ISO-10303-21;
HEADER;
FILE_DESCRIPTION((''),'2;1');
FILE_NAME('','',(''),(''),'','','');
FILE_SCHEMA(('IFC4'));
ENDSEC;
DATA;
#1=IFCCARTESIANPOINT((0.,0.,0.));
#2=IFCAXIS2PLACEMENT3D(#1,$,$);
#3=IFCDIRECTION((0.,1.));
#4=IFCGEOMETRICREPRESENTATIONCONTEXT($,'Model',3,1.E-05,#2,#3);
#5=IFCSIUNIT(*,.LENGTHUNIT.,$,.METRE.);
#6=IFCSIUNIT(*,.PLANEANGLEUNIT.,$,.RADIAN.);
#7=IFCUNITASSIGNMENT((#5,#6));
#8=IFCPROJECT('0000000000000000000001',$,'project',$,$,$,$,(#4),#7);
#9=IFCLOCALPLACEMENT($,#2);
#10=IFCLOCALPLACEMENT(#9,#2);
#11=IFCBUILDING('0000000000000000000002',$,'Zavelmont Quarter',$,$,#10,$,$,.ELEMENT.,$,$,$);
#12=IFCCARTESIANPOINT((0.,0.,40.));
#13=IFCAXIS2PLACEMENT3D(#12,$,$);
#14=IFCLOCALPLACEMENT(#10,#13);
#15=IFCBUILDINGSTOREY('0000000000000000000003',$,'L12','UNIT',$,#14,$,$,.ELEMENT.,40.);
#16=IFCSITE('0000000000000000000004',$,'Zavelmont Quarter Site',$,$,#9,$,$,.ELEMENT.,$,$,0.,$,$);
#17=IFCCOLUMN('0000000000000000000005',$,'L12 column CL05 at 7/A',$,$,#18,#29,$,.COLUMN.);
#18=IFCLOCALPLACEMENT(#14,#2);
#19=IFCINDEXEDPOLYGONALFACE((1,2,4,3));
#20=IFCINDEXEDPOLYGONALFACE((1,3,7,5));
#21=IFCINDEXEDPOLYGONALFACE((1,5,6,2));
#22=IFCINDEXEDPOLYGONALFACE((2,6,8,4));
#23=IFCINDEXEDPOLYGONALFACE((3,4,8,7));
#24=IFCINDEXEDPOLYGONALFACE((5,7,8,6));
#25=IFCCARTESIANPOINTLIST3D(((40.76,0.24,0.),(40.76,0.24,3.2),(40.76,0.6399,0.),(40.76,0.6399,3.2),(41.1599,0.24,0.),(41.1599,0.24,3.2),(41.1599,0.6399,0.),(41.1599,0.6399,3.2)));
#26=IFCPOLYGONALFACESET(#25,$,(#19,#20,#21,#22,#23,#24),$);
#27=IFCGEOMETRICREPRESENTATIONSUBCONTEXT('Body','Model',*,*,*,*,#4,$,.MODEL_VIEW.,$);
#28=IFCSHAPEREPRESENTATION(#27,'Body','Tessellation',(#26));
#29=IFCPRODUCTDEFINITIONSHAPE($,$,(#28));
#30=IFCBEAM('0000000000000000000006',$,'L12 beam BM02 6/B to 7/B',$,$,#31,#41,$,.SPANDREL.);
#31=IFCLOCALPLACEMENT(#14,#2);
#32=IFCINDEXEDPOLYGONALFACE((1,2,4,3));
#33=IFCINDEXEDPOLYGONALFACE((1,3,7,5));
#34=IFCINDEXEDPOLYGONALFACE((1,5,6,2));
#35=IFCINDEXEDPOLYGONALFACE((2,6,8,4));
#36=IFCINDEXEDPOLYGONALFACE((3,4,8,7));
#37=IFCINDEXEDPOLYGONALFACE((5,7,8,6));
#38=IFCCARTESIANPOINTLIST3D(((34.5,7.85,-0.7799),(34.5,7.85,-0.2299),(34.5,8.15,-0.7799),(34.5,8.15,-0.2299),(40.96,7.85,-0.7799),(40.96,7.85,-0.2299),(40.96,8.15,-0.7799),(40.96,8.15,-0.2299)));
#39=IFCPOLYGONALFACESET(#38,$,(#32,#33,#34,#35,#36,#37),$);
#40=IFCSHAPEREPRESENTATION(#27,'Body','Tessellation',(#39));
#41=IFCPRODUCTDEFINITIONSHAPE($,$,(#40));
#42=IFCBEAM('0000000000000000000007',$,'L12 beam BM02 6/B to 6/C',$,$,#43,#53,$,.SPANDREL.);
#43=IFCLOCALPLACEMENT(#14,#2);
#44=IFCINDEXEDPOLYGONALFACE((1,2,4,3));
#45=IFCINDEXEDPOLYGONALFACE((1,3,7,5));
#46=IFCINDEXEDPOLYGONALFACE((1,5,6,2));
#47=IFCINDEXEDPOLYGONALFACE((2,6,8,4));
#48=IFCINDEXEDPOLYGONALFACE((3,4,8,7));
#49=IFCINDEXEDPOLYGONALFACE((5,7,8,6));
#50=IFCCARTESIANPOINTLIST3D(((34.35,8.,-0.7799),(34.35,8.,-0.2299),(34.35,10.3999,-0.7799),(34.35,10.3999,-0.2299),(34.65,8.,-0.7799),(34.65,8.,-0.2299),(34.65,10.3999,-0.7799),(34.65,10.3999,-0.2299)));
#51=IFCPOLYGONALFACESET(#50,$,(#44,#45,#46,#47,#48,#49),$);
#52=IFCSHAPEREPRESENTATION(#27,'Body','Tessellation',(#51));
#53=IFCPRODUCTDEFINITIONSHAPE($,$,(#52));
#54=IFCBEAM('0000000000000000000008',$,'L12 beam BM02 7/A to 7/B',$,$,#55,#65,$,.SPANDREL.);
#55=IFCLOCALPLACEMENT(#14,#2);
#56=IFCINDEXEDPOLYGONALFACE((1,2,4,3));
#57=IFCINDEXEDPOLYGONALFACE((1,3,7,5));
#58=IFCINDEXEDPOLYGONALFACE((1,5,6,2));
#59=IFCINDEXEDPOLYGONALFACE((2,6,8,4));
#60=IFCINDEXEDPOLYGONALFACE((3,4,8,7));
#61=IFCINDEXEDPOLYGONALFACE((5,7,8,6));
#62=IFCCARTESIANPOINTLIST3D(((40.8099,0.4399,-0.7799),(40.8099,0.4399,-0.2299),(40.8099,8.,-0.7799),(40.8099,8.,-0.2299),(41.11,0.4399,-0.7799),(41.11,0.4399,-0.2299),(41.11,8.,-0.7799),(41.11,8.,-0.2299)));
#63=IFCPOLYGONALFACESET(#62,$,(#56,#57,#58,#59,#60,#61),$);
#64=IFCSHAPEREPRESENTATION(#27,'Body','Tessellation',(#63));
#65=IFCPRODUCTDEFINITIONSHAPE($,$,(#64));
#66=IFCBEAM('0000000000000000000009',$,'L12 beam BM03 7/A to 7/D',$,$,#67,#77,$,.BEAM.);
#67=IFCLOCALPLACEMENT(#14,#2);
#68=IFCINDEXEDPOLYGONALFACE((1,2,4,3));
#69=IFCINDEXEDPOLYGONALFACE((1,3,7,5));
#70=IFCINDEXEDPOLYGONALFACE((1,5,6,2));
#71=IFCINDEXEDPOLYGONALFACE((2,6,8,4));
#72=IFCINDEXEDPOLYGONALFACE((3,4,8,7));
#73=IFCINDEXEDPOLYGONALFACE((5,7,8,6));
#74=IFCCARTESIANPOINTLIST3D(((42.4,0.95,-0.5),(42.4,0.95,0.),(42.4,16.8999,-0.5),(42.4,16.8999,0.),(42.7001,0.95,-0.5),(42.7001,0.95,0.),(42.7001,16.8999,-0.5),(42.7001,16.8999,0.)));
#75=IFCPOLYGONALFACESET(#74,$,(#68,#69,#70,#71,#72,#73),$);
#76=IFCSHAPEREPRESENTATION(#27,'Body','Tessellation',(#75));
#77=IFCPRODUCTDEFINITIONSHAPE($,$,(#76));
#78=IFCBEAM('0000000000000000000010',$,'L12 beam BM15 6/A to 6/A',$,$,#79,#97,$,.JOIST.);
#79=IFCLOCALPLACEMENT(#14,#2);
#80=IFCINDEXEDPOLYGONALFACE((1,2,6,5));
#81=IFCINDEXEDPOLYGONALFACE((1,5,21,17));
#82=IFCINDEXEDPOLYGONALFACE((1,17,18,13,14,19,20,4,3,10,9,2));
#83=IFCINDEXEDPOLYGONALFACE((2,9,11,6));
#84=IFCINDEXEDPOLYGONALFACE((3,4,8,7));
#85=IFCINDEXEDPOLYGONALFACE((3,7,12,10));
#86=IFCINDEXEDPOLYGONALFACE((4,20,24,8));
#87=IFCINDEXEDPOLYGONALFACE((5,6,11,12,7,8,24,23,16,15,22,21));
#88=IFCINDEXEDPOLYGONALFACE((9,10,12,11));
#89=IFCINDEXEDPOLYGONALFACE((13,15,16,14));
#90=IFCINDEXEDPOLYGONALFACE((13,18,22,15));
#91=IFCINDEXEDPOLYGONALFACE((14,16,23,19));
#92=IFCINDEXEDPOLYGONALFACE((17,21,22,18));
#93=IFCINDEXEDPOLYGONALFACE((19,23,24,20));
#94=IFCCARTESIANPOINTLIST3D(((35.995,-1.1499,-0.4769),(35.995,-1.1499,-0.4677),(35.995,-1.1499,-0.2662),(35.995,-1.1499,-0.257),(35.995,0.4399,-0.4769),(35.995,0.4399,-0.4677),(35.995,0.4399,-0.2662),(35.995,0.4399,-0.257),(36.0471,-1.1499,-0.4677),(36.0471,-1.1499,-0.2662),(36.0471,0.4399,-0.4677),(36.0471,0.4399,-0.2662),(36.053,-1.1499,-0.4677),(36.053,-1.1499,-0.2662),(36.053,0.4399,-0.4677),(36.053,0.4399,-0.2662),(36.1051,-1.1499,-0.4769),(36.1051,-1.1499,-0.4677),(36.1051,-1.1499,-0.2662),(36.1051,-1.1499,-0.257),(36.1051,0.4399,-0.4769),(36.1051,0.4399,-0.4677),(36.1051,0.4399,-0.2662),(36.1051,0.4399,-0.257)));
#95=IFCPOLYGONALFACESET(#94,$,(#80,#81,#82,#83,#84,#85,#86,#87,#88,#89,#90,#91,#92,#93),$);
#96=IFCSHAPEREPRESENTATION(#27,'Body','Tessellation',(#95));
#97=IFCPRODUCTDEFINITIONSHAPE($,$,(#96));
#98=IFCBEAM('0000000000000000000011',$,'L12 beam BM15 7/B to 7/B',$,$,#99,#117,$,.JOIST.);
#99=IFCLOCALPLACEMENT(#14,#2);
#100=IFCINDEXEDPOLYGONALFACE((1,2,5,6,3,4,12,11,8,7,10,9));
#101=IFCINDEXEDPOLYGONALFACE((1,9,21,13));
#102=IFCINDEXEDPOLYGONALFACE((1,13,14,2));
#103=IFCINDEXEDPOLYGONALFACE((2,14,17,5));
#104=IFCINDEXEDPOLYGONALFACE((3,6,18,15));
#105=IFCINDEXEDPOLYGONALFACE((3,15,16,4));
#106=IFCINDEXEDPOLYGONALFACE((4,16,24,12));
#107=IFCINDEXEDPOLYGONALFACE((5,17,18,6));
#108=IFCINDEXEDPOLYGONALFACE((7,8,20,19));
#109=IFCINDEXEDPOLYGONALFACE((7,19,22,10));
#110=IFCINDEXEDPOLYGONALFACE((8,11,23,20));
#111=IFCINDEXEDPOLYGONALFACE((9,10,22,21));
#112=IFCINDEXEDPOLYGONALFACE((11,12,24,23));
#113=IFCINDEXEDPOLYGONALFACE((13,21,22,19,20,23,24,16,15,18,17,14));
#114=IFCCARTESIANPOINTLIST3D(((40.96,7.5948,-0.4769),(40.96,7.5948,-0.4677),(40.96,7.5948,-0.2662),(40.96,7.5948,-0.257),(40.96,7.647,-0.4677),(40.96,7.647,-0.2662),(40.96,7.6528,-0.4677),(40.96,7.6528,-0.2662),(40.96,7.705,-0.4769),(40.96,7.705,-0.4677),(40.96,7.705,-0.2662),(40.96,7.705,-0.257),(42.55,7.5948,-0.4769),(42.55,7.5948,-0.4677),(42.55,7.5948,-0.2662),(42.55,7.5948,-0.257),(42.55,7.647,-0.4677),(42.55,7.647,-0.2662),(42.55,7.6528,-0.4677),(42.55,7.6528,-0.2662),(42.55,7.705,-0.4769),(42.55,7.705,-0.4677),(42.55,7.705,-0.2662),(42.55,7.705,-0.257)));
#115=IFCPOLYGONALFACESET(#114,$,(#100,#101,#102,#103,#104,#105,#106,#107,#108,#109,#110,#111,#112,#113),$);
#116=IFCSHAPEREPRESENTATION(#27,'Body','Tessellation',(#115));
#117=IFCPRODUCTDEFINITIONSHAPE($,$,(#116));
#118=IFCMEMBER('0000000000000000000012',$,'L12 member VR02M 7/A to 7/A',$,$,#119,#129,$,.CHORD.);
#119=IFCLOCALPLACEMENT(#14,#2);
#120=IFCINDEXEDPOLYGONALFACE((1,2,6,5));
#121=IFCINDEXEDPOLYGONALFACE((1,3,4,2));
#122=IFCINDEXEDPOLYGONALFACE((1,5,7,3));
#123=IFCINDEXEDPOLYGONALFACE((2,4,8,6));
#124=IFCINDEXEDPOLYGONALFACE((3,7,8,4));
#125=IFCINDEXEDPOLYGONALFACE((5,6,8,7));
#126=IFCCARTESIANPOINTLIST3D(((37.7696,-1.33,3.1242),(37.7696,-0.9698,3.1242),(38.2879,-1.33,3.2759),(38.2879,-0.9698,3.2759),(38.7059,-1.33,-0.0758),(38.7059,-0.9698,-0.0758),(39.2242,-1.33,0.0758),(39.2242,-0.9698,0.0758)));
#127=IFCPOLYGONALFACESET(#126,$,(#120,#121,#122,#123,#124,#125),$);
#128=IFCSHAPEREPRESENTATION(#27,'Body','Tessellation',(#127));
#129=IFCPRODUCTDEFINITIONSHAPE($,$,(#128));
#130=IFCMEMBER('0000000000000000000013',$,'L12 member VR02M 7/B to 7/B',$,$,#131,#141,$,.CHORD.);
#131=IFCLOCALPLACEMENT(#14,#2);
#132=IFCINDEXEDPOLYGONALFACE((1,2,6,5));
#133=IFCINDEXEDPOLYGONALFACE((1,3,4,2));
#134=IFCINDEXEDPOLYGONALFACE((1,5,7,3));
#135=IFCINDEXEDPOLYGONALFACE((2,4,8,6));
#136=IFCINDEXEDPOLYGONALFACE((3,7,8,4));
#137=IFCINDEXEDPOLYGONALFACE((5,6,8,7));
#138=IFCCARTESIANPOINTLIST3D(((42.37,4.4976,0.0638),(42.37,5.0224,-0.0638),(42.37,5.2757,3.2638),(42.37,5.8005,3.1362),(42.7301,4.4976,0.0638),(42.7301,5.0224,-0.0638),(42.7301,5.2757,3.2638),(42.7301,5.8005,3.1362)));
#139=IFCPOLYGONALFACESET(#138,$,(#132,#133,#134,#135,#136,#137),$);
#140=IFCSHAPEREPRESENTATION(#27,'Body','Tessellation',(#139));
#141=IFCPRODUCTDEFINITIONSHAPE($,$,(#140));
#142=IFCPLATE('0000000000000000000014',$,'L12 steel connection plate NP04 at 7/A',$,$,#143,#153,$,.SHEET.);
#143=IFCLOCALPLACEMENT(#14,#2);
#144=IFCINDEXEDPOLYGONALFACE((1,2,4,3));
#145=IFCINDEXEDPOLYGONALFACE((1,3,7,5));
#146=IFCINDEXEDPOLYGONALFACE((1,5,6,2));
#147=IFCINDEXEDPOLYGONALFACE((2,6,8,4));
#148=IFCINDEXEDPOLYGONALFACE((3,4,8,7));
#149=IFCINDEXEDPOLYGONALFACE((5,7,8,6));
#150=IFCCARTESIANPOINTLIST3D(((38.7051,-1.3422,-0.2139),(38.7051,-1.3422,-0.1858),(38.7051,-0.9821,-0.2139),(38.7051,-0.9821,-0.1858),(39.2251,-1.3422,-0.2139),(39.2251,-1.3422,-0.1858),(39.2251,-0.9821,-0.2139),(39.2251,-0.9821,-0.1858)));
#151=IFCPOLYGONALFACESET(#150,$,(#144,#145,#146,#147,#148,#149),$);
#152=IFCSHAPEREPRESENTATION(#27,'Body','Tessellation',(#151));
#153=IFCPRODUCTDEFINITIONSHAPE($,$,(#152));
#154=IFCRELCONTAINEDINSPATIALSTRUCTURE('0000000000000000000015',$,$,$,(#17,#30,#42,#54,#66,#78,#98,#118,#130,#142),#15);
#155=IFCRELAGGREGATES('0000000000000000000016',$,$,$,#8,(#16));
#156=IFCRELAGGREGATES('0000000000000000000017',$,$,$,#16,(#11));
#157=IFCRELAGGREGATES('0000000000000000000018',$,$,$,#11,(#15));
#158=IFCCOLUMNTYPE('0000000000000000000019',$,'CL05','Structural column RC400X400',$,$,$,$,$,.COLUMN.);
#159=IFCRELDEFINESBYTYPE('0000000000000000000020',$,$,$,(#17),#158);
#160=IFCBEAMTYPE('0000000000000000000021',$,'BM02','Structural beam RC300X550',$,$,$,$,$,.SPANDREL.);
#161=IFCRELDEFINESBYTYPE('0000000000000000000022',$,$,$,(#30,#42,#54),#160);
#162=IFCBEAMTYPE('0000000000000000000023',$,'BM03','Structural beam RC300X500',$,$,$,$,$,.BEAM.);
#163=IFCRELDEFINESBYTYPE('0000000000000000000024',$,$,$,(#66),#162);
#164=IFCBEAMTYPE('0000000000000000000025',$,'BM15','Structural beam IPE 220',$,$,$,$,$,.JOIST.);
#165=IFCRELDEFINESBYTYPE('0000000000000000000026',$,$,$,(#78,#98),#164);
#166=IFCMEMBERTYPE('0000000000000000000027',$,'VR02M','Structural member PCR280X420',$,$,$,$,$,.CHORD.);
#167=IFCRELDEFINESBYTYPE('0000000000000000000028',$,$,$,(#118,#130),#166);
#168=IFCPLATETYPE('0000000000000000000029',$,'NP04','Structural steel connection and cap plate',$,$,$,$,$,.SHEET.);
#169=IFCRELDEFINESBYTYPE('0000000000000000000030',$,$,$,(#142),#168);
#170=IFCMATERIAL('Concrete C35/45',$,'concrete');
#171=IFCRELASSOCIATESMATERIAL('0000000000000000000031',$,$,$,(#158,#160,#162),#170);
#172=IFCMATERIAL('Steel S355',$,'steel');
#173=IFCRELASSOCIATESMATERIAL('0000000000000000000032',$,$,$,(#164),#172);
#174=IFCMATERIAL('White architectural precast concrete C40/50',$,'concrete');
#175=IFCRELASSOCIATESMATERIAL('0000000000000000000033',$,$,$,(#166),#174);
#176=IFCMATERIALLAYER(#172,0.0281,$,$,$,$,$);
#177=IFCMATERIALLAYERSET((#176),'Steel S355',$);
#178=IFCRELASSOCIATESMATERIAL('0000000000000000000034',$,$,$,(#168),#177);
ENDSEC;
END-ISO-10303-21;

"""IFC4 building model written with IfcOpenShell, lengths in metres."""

from ifc_helpers import new_model, si_unit, direction, frame, origin, origin_2d, place, context, subcontext, project, spatial, rectangle, i_section, extrude, material, layer, layer_set, material_profile, profile_set, type_object, element, save


model = new_model("IFC4")

# Units and contexts
model_context = context("Model", 3, precision=1e-05, world=origin(), true_north=direction((0.0, 1.0)))
body_context = subcontext(model_context, "Body", "Model", "MODEL_VIEW")
ifc_project = project(units=[si_unit("LENGTHUNIT", "METRE"), si_unit("PLANEANGLEUNIT", "RADIAN")], contexts=[model_context])

# Site, building, storey
site_placement = place(None, origin())
site = spatial("IfcSite", under=ifc_project, at=site_placement, Name="Zavelmont Quarter Site", CompositionType="ELEMENT", RefElevation=0.0)
building_placement = place(site_placement, origin())
building = spatial("IfcBuilding", under=site, at=building_placement, Name="Zavelmont Quarter", CompositionType="ELEMENT")
storey_placement = place(building_placement, frame((0.0, 0.0, 40.0)))
storey = spatial("IfcBuildingStorey", under=building, at=storey_placement, Name="L12", Description="UNIT", CompositionType="ELEMENT", Elevation=40.0)

# Column
ifc_material_1 = material(Name="Concrete C35/45", Category="concrete")
ifc_material_profile_1 = material_profile(ifc_material_1, rectangle(XDim=0.3999, YDim=0.3999, at=origin_2d()), Name="RC400X400")
ifc_profile_set_1 = profile_set([ifc_material_profile_1], Name="Concrete C35/45")
column_type = type_object("IfcColumnType", Name="CL05", Description="Structural column RC400X400", PredefinedType="COLUMN", material=ifc_profile_set_1)
column_placement = place(storey_placement, frame((40.96, 0.4399, 0.0), z_axis=(0.0, 0.0, 1.0), x_axis=(1.0, 0.0, 0.0)))
element("IfcColumn", 1, at=column_placement, inside=storey, type_object=column_type, Name="L12 column CL05 at 7/A", PredefinedType="COLUMN", context=body_context, shape_type="SweptSolid", body=[
    extrude(rectangle(XDim=0.3999, YDim=0.3999, at=origin_2d()), origin(), (0.0, 0.0, 1.0), 3.2),
])

# Beams
ifc_material_profile_2 = material_profile(ifc_material_1, rectangle(XDim=0.3, YDim=0.55, at=origin_2d()), Name="RC300X550")
ifc_profile_set_2 = profile_set([ifc_material_profile_2], Name="Concrete C35/45")
beam_type_1 = type_object("IfcBeamType", Name="BM02", Description="Structural beam RC300X550", PredefinedType="SPANDREL", material=ifc_profile_set_2)
beam_1_placement = place(storey_placement, frame((34.5, 8.0, -0.5049), z_axis=(1.0, 0.0, 0.0), x_axis=(0.0, 1.0, 0.0)))
element("IfcBeam", 2, at=beam_1_placement, inside=storey, type_object=beam_type_1, Name="L12 beam BM02 6/B to 7/B", PredefinedType="SPANDREL", context=body_context, shape_type="SweptSolid", body=[
    extrude(rectangle(XDim=0.3, YDim=0.55, at=origin_2d()), origin(), (0.0, 0.0, 1.0), 6.46),
])
beam_2_placement = place(storey_placement, frame((34.5, 8.0, -0.5049), z_axis=(0.0, 1.0, 0.0), x_axis=(-1.0, 0.0, 0.0)))
element("IfcBeam", 3, at=beam_2_placement, inside=storey, type_object=beam_type_1, Name="L12 beam BM02 6/B to 6/C", PredefinedType="SPANDREL", context=body_context, shape_type="SweptSolid", body=[
    extrude(rectangle(XDim=0.3, YDim=0.55, at=origin_2d()), origin(), (0.0, 0.0, 1.0), 2.3999),
])
beam_3_placement = place(storey_placement, frame((40.96, 0.4399, -0.5049), z_axis=(0.0, 1.0, 0.0), x_axis=(-1.0, 0.0, 0.0)))
element("IfcBeam", 4, at=beam_3_placement, inside=storey, type_object=beam_type_1, Name="L12 beam BM02 7/A to 7/B", PredefinedType="SPANDREL", context=body_context, shape_type="SweptSolid", body=[
    extrude(rectangle(XDim=0.3, YDim=0.55, at=origin_2d()), origin(), (0.0, 0.0, 1.0), 7.5601),
])
ifc_material_profile_3 = material_profile(ifc_material_1, rectangle(XDim=0.3, YDim=0.5, at=origin_2d()), Name="RC300X500")
ifc_profile_set_3 = profile_set([ifc_material_profile_3], Name="Concrete C35/45")
beam_type_2 = type_object("IfcBeamType", Name="BM03", Description="Structural beam RC300X500", PredefinedType="BEAM", material=ifc_profile_set_3)
beam_4_placement = place(storey_placement, frame((42.55, 0.95, -0.25), z_axis=(0.0, 1.0, 0.0), x_axis=(-1.0, 0.0, 0.0)))
element("IfcBeam", 5, at=beam_4_placement, inside=storey, type_object=beam_type_2, Name="L12 beam BM03 7/A to 7/D", PredefinedType="BEAM", context=body_context, shape_type="SweptSolid", body=[
    extrude(rectangle(XDim=0.3, YDim=0.5, at=origin_2d()), origin(), (0.0, 0.0, 1.0), 15.95),
])
ifc_material_2 = material(Name="Steel S355", Category="steel")
ifc_material_profile_4 = material_profile(ifc_material_2, i_section(OverallWidth=0.1101, OverallDepth=0.22, WebThickness=0.0059, FlangeThickness=0.0093, at=origin_2d()), Name="IPE 220")
ifc_profile_set_4 = profile_set([ifc_material_profile_4], Name="Steel S355")
beam_type_3 = type_object("IfcBeamType", Name="BM15", Description="Structural beam IPE 220", PredefinedType="JOIST", material=ifc_profile_set_4)
beam_5_placement = place(storey_placement, frame((36.05, 0.4399, -0.3669), z_axis=(0.0, -1.0, 0.0), x_axis=(1.0, 0.0, 0.0)))
element("IfcBeam", 6, at=beam_5_placement, inside=storey, type_object=beam_type_3, Name="L12 beam BM15 6/A to 6/A", PredefinedType="JOIST", context=body_context, shape_type="SweptSolid", body=[
    extrude(i_section(OverallWidth=0.1101, OverallDepth=0.22, WebThickness=0.0059, FlangeThickness=0.0093, at=origin_2d()), origin(), (0.0, 0.0, 1.0), 1.5898),
])
beam_6_placement = place(storey_placement, frame((40.96, 7.6499, -0.3669), z_axis=(1.0, 0.0, 0.0), x_axis=(0.0, 1.0, 0.0)))
element("IfcBeam", 7, at=beam_6_placement, inside=storey, type_object=beam_type_3, Name="L12 beam BM15 7/B to 7/B", PredefinedType="JOIST", context=body_context, shape_type="SweptSolid", body=[
    extrude(i_section(OverallWidth=0.1101, OverallDepth=0.22, WebThickness=0.0059, FlangeThickness=0.0093, at=origin_2d()), origin(), (0.0, 0.0, 1.0), 1.5901),
])

# Members
ifc_material_3 = material(Name="White architectural precast concrete C40/50", Category="concrete")
ifc_material_profile_5 = material_profile(ifc_material_3, rectangle(XDim=0.3601, YDim=0.54, at=origin_2d()), Name="PCR280X420")
ifc_profile_set_5 = profile_set([ifc_material_profile_5], Name="White architectural precast concrete C40/50")
member_type = type_object("IfcMemberType", Name="VR02M", Description="Structural member PCR280X420", PredefinedType="CHORD", material=ifc_profile_set_5)
member_1_placement = place(storey_placement, frame((38.9651, -1.1499, 0.0), z_axis=(-0.280818, 0.0, 0.959761), x_axis=(0.0, -1.0, 0.0)))
element("IfcMember", 8, at=member_1_placement, inside=storey, type_object=member_type, Name="L12 member VR02M 7/A to 7/A", PredefinedType="CHORD", context=body_context, shape_type="SweptSolid", body=[
    extrude(rectangle(XDim=0.3601, YDim=0.54, at=origin_2d()), origin(), (0.0, 0.0, 1.0), 3.3342),
])
member_2_placement = place(storey_placement, frame((42.55, 4.76, 0.0), z_axis=(0.0, 0.236268, 0.971688), x_axis=(-1.0, 0.0, 0.0)))
element("IfcMember", 9, at=member_2_placement, inside=storey, type_object=member_type, Name="L12 member VR02M 7/B to 7/B", PredefinedType="CHORD", context=body_context, shape_type="SweptSolid", body=[
    extrude(rectangle(XDim=0.3601, YDim=0.54, at=origin_2d()), origin(), (0.0, 0.0, 1.0), 3.2932),
])

# Plate
ifc_layer_1 = layer(ifc_material_2, 0.0281)
ifc_layer_set_1 = layer_set([ifc_layer_1], Name="Steel S355")
plate_type = type_object("IfcPlateType", Name="NP04", Description="Structural steel connection and cap plate", PredefinedType="SHEET", material=ifc_layer_set_1)
plate_placement = place(storey_placement, frame((38.9651, -1.1621, -0.2139), z_axis=(0.0, 0.0, 1.0), x_axis=(1.0, 0.0, 0.0)))
element("IfcPlate", 10, at=plate_placement, inside=storey, type_object=plate_type, Name="L12 steel connection plate NP04 at 7/A", PredefinedType="SHEET", context=body_context, shape_type="SweptSolid", body=[
    extrude(rectangle(XDim=0.52, YDim=0.3601, at=origin_2d()), origin(), (0.0, 0.0, 1.0), 0.0281),
])

save(model, "model.ifc")
